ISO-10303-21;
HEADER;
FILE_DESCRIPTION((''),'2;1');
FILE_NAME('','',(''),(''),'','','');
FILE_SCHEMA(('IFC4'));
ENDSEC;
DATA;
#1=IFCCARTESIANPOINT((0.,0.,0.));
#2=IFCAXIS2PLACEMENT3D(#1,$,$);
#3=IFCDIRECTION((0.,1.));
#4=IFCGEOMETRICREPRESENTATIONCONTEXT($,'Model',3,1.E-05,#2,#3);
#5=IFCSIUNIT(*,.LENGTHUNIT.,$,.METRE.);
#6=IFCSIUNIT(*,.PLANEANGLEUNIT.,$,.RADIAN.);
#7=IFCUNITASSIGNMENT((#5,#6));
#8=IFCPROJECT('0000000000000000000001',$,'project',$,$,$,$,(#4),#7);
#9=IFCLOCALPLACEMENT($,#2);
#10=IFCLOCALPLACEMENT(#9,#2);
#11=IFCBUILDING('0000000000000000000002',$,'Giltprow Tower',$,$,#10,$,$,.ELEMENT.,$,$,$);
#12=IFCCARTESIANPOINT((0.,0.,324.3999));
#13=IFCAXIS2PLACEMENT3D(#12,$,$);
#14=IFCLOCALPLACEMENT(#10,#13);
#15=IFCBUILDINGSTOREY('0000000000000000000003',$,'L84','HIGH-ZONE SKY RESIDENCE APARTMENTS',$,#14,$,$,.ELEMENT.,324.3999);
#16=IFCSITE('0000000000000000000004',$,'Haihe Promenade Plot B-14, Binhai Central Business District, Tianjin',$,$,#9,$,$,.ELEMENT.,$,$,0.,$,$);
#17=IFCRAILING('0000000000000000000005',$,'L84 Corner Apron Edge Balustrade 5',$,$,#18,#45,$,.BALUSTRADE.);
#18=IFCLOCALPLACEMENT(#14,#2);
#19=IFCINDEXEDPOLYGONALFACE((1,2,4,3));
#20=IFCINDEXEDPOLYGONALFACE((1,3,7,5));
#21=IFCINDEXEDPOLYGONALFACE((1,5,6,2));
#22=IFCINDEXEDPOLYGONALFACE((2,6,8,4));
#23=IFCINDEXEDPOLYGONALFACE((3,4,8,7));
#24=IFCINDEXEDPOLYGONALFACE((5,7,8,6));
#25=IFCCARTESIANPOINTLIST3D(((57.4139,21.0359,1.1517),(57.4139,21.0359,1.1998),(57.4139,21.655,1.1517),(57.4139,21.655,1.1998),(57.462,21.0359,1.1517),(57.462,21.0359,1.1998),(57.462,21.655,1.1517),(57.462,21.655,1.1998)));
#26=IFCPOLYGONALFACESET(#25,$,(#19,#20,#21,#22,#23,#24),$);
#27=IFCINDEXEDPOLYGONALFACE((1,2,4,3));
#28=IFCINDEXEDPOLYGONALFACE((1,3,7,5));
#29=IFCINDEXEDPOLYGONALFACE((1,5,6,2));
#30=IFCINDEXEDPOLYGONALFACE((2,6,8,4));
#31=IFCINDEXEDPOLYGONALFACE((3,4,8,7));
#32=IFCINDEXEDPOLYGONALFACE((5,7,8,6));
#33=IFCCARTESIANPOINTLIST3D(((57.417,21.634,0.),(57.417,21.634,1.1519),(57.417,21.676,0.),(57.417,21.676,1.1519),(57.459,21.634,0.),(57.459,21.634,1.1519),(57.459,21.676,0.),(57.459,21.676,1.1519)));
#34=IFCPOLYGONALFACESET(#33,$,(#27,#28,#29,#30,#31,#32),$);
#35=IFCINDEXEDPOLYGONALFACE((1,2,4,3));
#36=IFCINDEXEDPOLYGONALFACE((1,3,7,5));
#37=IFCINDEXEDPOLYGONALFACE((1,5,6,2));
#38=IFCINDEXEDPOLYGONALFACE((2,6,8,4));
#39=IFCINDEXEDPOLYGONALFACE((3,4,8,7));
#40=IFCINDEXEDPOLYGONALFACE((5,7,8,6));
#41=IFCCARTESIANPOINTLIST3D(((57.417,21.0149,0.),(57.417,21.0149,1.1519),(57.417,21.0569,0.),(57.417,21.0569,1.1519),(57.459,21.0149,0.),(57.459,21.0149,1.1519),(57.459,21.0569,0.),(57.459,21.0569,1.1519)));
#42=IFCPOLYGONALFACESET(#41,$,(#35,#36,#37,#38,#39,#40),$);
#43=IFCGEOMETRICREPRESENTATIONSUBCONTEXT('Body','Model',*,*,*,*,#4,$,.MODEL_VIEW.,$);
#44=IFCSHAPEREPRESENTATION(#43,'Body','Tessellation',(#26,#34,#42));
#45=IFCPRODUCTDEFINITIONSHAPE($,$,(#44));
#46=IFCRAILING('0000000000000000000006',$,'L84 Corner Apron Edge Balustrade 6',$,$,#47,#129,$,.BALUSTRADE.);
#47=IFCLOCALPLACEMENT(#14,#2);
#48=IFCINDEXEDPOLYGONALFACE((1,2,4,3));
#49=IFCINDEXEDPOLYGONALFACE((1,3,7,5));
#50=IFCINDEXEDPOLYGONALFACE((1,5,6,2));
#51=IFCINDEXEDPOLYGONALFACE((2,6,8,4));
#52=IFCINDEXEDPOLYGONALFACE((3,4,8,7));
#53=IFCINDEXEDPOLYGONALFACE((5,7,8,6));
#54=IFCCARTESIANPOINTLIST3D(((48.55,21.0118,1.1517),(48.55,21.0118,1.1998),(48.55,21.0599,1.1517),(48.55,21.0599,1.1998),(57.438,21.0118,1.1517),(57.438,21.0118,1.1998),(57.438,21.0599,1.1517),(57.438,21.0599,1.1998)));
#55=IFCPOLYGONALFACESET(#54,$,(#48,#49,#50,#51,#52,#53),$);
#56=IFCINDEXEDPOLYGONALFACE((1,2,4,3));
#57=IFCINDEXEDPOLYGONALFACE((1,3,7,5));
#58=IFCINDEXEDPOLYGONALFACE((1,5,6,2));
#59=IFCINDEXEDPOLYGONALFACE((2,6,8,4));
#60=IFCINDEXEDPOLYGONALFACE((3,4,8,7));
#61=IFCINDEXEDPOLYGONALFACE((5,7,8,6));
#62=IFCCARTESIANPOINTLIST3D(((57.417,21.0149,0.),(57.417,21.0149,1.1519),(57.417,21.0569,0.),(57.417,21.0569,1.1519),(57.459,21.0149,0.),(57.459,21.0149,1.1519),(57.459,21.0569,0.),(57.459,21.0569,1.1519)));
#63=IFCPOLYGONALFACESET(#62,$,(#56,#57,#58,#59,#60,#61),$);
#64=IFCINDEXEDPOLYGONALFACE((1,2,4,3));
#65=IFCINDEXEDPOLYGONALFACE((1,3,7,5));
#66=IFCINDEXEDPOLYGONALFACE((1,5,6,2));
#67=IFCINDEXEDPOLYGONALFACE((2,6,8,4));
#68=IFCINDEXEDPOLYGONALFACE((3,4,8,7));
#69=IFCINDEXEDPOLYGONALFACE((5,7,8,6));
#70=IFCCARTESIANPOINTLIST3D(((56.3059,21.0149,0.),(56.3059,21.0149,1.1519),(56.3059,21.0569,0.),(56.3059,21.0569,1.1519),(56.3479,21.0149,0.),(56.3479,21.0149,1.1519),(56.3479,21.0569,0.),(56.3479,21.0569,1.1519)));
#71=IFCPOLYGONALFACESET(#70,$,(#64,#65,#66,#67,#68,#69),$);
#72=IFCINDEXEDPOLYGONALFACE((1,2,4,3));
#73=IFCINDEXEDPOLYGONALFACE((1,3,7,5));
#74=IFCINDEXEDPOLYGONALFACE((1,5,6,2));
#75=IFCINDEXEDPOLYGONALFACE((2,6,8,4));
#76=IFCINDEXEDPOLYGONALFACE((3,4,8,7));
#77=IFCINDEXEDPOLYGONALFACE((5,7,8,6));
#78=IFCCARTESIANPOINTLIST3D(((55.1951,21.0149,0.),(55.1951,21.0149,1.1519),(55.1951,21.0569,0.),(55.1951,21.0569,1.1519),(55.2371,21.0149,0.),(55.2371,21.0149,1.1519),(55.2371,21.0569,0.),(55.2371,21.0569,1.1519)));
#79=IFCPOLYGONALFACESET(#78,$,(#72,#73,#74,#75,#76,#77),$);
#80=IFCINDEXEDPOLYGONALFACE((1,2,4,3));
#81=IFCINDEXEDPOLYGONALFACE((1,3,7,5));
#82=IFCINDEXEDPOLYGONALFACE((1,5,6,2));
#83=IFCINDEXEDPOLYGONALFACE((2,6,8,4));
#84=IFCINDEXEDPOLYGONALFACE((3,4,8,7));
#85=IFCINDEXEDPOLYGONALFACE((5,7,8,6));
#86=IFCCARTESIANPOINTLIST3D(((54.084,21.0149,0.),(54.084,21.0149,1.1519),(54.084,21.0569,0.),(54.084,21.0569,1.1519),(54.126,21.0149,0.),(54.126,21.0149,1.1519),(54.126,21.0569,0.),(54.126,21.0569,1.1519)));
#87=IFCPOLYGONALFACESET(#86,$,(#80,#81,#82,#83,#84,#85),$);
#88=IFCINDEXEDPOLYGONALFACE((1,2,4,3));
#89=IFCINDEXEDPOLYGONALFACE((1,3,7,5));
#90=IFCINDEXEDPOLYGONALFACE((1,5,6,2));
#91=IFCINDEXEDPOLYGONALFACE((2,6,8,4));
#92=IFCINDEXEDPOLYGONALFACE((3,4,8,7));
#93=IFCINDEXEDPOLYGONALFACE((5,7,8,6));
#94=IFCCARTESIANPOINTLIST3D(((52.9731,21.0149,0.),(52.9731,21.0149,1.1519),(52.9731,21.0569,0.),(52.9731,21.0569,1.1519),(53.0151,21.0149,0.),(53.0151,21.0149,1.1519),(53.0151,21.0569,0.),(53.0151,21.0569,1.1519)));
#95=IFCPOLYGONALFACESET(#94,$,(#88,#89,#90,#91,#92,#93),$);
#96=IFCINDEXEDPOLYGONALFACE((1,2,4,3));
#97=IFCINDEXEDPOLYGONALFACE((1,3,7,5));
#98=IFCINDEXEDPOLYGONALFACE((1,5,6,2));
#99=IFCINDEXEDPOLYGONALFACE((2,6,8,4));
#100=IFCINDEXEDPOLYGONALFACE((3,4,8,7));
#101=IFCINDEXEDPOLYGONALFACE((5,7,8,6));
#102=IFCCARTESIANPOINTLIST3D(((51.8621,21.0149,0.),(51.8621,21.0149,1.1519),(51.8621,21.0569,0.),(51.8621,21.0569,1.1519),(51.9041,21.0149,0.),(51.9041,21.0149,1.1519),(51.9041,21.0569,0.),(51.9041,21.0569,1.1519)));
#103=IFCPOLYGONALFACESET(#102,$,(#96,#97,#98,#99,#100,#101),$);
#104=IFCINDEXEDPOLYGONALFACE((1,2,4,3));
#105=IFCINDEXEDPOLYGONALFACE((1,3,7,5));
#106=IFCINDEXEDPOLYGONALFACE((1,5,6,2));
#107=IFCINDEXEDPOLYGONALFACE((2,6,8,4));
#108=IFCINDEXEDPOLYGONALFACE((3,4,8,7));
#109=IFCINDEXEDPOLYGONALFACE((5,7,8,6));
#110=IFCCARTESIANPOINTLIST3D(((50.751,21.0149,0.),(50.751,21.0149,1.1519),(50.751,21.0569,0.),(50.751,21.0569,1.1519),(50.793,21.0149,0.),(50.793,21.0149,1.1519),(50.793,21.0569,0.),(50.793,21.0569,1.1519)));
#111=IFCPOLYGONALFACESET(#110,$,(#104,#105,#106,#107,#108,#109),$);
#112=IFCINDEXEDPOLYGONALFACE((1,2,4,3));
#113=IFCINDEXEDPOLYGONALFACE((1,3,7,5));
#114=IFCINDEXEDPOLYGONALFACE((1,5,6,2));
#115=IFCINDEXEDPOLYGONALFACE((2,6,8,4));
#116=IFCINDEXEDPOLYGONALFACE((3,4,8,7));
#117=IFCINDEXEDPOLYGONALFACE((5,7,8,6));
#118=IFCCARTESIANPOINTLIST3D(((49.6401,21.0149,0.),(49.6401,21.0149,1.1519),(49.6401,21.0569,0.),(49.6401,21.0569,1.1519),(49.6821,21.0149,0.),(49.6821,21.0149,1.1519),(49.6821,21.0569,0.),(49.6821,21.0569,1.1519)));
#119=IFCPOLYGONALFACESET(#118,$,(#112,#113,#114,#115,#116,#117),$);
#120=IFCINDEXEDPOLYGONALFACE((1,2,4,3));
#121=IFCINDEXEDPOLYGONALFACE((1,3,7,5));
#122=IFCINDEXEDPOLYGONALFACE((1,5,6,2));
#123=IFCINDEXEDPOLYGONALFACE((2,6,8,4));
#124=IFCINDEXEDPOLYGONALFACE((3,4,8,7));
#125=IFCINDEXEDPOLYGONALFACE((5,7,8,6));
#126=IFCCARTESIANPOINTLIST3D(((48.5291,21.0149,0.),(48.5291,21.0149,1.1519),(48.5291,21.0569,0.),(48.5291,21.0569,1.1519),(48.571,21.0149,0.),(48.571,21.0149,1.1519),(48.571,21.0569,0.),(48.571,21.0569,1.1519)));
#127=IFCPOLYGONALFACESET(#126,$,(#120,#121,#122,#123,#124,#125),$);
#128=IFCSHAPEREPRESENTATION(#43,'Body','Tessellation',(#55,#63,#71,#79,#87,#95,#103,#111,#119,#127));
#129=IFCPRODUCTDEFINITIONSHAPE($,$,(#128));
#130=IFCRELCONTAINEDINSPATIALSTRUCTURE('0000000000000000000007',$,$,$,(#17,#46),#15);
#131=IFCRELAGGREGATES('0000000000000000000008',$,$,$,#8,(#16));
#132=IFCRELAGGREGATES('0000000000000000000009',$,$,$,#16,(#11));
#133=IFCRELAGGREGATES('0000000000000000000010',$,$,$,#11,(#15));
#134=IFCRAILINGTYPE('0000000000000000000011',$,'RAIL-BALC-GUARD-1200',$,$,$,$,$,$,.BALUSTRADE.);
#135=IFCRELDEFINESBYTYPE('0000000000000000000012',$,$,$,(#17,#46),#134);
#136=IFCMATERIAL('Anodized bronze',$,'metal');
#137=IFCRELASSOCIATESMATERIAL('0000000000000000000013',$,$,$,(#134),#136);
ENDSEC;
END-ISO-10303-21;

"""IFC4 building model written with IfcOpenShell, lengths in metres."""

from ifc_helpers import new_model, si_unit, direction, frame, origin, origin_2d, place, context, subcontext, project, spatial, rectangle, extrude, material, type_object, element, save


model = new_model("IFC4")

# Units and contexts
model_context = context("Model", 3, precision=1e-05, world=origin(), true_north=direction((0.0, 1.0)))
body_context = subcontext(model_context, "Body", "Model", "MODEL_VIEW")
ifc_project = project(units=[si_unit("LENGTHUNIT", "METRE"), si_unit("PLANEANGLEUNIT", "RADIAN")], contexts=[model_context])

# Site, building, storey
site_placement = place(None, origin())
site = spatial("IfcSite", under=ifc_project, at=site_placement, Name="Haihe Promenade Plot B-14, Binhai Central Business District, Tianjin", CompositionType="ELEMENT", RefElevation=0.0)
building_placement = place(site_placement, origin())
building = spatial("IfcBuilding", under=site, at=building_placement, Name="Giltprow Tower", CompositionType="ELEMENT")
storey_placement = place(building_placement, frame((0.0, 0.0, 324.3999)))
storey = spatial("IfcBuildingStorey", under=building, at=storey_placement, Name="L84", Description="HIGH-ZONE SKY RESIDENCE APARTMENTS", CompositionType="ELEMENT", Elevation=324.3999)

# Shared definitions
ifc_material_1 = material(Name="Anodized bronze", Category="metal")

# Railings
railing_type = type_object("IfcRailingType", Name="RAIL-BALC-GUARD-1200", PredefinedType="BALUSTRADE", material=ifc_material_1)
railing_1_placement = place(storey_placement, frame((57.438, 21.655, 0.0)))
element("IfcRailing", 1, at=railing_1_placement, inside=storey, type_object=railing_type, Name="L84 Corner Apron Edge Balustrade 5", PredefinedType="BALUSTRADE", context=body_context, shape_type="SweptSolid", body=[
    extrude(rectangle(XDim=0.0481, YDim=0.0481, at=origin_2d()), frame((0.0, 0.0, 1.1758), z_axis=(0.0, -1.0, 0.0), x_axis=(1.0, 0.0, 0.0)), (0.0, 0.0, 1.0), 0.6191),
    extrude(rectangle(XDim=0.042, YDim=0.042, at=origin_2d()), origin(), (0.0, 0.0, 1.0), 1.1519),
    extrude(rectangle(XDim=0.042, YDim=0.042, at=origin_2d()), frame((0.0, -0.6191, 0.0)), (0.0, 0.0, 1.0), 1.1519),
])
railing_2_placement = place(storey_placement, frame((57.438, 21.0359, 0.0)))
element("IfcRailing", 2, at=railing_2_placement, inside=storey, type_object=railing_type, Name="L84 Corner Apron Edge Balustrade 6", PredefinedType="BALUSTRADE", context=body_context, shape_type="SweptSolid", body=[
    extrude(rectangle(XDim=0.0481, YDim=0.0481, at=origin_2d()), frame((0.0, 0.0, 1.1758), z_axis=(-1.0, 0.0, 0.0), x_axis=(0.0, -1.0, 0.0)), (0.0, 0.0, 1.0), 8.8879),
    extrude(rectangle(XDim=0.042, YDim=0.042, at=origin_2d()), origin(), (0.0, 0.0, 1.0), 1.1519),
    extrude(rectangle(XDim=0.042, YDim=0.042, at=origin_2d()), frame((-1.1111, 0.0, 0.0)), (0.0, 0.0, 1.0), 1.1519),
    extrude(rectangle(XDim=0.042, YDim=0.042, at=origin_2d()), frame((-2.2219, 0.0, 0.0)), (0.0, 0.0, 1.0), 1.1519),
    extrude(rectangle(XDim=0.042, YDim=0.042, at=origin_2d()), frame((-3.333, 0.0, 0.0)), (0.0, 0.0, 1.0), 1.1519),
    extrude(rectangle(XDim=0.042, YDim=0.042, at=origin_2d()), frame((-4.4438, 0.0, 0.0)), (0.0, 0.0, 1.0), 1.1519),
    extrude(rectangle(XDim=0.042, YDim=0.042, at=origin_2d()), frame((-5.5549, 0.0, 0.0)), (0.0, 0.0, 1.0), 1.1519),
    extrude(rectangle(XDim=0.042, YDim=0.042, at=origin_2d()), frame((-6.666, 0.0, 0.0)), (0.0, 0.0, 1.0), 1.1519),
    extrude(rectangle(XDim=0.042, YDim=0.042, at=origin_2d()), frame((-7.7769, 0.0, 0.0)), (0.0, 0.0, 1.0), 1.1519),
    extrude(rectangle(XDim=0.042, YDim=0.042, at=origin_2d()), frame((-8.8879, 0.0, 0.0)), (0.0, 0.0, 1.0), 1.1519),
])

save(model, "model.ifc")
